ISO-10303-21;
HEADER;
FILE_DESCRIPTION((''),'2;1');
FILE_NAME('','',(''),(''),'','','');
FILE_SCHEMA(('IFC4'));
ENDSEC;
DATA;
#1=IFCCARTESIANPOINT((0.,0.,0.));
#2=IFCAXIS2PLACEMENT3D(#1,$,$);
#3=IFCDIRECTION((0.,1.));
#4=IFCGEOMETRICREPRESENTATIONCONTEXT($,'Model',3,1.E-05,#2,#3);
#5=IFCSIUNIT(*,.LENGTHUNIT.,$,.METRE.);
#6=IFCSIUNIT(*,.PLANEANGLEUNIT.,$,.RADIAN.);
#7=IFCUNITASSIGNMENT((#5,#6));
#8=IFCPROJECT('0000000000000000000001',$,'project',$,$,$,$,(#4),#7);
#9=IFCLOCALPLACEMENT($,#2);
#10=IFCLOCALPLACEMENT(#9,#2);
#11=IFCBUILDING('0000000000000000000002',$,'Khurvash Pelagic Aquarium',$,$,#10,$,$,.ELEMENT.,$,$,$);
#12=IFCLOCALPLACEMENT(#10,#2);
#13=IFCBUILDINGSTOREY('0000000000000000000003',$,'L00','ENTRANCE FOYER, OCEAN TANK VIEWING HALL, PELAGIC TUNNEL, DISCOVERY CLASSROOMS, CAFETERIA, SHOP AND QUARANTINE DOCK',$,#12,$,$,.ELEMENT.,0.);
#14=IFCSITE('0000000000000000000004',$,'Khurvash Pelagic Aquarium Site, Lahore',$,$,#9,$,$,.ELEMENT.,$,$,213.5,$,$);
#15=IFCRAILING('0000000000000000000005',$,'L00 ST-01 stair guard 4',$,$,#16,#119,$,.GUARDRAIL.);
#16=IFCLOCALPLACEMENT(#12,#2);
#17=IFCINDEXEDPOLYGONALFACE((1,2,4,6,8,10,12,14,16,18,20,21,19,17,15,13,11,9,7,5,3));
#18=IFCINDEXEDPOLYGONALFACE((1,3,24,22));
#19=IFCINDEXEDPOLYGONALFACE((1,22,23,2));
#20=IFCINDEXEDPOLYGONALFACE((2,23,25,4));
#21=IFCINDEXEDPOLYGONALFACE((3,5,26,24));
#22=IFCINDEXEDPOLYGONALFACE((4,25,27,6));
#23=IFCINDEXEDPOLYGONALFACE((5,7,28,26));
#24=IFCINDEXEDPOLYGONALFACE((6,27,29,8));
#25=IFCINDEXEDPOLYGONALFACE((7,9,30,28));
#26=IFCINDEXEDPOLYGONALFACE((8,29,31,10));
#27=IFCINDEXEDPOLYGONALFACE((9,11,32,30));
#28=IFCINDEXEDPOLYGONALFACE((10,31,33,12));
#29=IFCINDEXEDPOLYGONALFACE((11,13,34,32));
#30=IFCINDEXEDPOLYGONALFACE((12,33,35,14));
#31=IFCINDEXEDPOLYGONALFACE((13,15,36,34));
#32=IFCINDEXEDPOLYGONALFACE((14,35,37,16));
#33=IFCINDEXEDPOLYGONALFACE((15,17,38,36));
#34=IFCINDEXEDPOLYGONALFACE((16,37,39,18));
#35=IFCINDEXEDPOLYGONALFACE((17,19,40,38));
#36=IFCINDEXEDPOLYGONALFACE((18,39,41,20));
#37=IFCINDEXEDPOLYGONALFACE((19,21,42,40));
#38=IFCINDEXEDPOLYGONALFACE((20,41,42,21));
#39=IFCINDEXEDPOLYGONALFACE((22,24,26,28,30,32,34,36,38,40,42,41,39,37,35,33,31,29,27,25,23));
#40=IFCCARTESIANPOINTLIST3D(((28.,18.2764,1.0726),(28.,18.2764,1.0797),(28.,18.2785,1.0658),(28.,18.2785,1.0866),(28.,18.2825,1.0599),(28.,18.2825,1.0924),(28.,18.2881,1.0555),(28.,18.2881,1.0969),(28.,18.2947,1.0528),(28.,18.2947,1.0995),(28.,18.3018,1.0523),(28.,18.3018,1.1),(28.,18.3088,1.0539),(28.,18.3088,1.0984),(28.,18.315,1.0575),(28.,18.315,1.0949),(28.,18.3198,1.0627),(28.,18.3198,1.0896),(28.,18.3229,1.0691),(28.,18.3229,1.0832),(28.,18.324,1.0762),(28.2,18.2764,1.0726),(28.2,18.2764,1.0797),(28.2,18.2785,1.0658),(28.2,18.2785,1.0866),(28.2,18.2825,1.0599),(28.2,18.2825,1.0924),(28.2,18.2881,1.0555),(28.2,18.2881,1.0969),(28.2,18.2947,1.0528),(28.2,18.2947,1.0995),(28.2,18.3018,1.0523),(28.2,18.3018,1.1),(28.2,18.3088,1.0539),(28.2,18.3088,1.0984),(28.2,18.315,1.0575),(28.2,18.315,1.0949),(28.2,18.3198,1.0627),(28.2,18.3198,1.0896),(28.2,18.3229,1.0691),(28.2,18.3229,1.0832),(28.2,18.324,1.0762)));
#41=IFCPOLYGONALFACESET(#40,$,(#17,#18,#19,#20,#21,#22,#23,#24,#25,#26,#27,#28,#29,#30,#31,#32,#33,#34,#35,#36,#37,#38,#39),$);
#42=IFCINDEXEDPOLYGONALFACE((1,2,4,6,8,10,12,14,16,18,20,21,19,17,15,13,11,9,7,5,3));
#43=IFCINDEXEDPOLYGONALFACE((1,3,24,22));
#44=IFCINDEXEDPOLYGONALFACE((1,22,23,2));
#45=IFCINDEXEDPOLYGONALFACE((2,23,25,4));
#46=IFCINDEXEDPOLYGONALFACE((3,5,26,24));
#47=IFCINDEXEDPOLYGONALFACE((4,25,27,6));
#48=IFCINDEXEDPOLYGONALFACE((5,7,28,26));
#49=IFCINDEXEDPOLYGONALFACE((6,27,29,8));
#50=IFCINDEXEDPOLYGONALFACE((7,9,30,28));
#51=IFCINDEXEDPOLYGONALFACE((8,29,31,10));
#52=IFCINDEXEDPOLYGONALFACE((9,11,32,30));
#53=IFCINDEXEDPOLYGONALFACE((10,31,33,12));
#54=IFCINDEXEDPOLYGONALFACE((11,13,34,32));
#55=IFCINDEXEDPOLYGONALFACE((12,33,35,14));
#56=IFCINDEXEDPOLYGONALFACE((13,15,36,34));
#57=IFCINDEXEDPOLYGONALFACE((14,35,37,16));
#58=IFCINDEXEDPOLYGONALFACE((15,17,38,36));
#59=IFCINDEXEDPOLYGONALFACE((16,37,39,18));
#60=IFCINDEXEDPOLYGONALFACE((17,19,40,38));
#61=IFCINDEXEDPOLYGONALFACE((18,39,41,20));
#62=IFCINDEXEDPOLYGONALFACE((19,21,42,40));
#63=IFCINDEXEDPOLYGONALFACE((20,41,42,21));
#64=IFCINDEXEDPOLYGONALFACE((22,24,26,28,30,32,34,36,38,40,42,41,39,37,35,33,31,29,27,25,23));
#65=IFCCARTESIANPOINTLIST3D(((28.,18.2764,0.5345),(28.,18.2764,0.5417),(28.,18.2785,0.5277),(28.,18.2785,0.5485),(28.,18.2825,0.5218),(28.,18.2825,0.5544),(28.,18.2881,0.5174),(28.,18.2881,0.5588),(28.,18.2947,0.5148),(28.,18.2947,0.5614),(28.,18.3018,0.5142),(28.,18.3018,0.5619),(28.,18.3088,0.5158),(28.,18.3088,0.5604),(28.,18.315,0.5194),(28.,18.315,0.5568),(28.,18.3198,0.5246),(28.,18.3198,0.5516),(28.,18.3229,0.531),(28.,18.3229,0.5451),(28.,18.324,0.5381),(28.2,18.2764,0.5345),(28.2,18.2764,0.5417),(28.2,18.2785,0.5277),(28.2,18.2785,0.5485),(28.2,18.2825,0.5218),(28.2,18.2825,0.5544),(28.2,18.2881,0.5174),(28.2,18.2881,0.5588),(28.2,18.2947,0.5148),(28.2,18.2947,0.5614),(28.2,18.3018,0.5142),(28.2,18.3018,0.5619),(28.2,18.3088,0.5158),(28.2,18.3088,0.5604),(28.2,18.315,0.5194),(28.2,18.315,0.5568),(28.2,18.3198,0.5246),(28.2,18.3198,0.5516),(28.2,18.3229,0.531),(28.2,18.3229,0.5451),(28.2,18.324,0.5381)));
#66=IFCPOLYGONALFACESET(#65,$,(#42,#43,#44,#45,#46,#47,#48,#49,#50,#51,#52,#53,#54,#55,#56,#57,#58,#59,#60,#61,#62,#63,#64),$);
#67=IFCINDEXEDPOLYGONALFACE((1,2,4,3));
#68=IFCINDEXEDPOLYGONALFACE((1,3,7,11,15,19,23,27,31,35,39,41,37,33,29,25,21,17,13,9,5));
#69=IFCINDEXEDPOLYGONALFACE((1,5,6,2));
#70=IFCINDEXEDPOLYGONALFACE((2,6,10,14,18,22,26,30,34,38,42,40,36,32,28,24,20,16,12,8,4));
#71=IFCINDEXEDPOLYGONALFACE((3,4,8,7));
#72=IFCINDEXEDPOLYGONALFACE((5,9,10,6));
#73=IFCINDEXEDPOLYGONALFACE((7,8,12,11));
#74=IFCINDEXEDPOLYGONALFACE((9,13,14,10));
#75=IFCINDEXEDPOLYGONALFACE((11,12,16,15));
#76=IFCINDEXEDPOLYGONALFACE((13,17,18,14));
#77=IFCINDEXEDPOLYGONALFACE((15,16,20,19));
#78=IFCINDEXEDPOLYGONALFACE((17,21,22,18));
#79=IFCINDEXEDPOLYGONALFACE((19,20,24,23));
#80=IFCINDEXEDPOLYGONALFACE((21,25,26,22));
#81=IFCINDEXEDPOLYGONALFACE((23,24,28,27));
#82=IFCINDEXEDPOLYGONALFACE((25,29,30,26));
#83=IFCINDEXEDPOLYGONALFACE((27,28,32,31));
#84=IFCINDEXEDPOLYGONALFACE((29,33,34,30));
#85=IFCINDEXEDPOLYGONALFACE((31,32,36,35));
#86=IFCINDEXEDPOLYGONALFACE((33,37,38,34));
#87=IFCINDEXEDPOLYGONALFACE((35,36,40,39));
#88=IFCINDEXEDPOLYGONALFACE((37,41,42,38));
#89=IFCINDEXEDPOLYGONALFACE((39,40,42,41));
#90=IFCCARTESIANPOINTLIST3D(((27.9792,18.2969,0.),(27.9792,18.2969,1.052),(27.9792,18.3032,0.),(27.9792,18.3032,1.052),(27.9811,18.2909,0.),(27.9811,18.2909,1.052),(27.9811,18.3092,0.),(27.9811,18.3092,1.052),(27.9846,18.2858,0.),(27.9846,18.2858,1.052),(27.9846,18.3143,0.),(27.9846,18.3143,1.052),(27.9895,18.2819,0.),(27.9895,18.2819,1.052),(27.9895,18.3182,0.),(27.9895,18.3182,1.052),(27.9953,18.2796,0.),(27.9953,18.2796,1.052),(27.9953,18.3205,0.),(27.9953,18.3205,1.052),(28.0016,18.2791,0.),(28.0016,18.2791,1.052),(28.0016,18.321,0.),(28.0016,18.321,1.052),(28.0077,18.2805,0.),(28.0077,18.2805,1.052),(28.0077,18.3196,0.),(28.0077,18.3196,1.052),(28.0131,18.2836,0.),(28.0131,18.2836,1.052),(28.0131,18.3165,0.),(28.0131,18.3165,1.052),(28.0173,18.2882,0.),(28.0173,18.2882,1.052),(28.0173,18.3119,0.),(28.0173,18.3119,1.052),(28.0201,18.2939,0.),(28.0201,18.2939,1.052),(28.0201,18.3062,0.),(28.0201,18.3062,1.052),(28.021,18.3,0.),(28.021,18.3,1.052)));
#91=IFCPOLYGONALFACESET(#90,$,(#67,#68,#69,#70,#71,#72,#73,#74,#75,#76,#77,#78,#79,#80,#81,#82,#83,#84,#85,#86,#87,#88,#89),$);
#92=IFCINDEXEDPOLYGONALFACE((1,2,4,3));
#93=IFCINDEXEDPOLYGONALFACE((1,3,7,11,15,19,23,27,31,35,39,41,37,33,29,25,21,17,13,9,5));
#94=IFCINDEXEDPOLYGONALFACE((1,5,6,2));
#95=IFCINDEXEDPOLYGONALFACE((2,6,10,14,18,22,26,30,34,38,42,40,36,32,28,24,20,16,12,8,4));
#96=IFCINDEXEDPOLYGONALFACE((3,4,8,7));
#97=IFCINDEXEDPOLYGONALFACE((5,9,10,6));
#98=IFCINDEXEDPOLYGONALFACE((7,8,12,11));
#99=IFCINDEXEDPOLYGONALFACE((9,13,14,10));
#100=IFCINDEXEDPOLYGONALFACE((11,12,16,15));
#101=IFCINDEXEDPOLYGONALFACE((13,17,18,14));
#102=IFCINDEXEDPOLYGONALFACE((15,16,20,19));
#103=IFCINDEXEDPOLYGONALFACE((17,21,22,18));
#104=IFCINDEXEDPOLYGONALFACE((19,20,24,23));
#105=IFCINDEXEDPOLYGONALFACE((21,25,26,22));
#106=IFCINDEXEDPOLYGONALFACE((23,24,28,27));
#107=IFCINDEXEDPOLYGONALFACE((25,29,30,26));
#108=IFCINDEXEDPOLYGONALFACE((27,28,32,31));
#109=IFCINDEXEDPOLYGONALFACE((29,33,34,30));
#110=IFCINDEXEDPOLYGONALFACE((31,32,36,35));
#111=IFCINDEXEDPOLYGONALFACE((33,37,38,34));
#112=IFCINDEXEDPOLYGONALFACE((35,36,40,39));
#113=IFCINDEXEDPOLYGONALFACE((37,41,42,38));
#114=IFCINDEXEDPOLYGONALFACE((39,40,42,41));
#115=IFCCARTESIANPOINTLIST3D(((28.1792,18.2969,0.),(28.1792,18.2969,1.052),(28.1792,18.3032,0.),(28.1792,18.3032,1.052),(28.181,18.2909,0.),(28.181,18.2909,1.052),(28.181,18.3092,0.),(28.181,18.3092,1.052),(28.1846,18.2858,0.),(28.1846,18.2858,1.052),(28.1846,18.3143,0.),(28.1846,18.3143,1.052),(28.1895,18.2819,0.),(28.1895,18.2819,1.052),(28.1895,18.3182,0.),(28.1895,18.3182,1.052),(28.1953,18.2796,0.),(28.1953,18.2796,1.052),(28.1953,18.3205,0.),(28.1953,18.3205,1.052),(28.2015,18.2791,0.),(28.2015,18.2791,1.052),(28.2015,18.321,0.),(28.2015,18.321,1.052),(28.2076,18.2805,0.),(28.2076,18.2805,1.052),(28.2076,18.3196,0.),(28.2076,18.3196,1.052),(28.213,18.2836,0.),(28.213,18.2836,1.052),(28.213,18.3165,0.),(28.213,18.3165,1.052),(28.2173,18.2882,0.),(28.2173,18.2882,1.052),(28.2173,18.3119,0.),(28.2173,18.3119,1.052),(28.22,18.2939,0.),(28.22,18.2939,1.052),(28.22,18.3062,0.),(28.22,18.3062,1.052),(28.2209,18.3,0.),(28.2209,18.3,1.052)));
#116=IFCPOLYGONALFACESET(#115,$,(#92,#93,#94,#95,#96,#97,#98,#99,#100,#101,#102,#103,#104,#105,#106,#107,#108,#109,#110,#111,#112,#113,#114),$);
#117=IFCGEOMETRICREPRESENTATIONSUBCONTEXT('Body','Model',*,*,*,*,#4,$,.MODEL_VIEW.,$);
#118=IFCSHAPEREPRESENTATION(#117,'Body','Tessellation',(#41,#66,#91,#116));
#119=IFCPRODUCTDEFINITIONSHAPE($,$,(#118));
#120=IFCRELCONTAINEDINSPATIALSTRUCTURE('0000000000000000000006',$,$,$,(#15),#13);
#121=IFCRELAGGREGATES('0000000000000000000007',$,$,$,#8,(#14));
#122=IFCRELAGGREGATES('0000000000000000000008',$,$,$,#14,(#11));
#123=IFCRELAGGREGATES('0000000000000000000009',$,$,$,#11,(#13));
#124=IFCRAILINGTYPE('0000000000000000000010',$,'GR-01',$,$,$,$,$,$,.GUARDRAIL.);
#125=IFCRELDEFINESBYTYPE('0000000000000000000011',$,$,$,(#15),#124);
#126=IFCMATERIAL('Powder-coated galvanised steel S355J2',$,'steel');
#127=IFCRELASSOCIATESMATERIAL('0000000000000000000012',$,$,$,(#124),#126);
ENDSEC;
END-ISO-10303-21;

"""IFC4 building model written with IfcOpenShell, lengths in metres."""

from ifc_helpers import new_model, si_unit, direction, frame, origin, origin_2d, place, context, subcontext, project, spatial, circle, extrude, material, type_object, element, save


model = new_model("IFC4")

# Units and contexts
model_context = context("Model", 3, precision=1e-05, world=origin(), true_north=direction((0.0, 1.0)))
body_context = subcontext(model_context, "Body", "Model", "MODEL_VIEW")
ifc_project = project(units=[si_unit("LENGTHUNIT", "METRE"), si_unit("PLANEANGLEUNIT", "RADIAN")], contexts=[model_context])

# Site, building, storey
site_placement = place(None, origin())
site = spatial("IfcSite", under=ifc_project, at=site_placement, Name="Khurvash Pelagic Aquarium Site, Lahore", CompositionType="ELEMENT", RefElevation=213.5)
building_placement = place(site_placement, origin())
building = spatial("IfcBuilding", under=site, at=building_placement, Name="Khurvash Pelagic Aquarium", CompositionType="ELEMENT")
storey_placement = place(building_placement, origin())
storey = spatial("IfcBuildingStorey", under=building, at=storey_placement, Name="L00", Description="ENTRANCE FOYER, OCEAN TANK VIEWING HALL, PELAGIC TUNNEL, DISCOVERY CLASSROOMS, CAFETERIA, SHOP AND QUARANTINE DOCK", CompositionType="ELEMENT", Elevation=0.0)

# Railing
ifc_material_1 = material(Name="Powder-coated galvanised steel S355J2", Category="steel")
railing_type_1 = type_object("IfcRailingType", Name="GR-01", PredefinedType="GUARDRAIL", material=ifc_material_1)
railing_1_placement = place(storey_placement, frame((28.0, 18.3, 0.0)))
element("IfcRailing", 1, at=railing_1_placement, inside=storey, type_object=railing_type_1, Name="L00 ST-01 stair guard 4", PredefinedType="GUARDRAIL", context=body_context, shape_type="SweptSolid", body=[
    extrude(circle(Radius=0.0239, at=origin_2d()), frame((0.0, 0.0, 1.0762), z_axis=(1.0, 0.0, 0.0), x_axis=(0.0, 1.0, 0.0)), (0.0, 0.0, 1.0), 0.2),
    extrude(circle(Radius=0.0239, at=origin_2d()), frame((0.0, 0.0, 0.5381), z_axis=(1.0, 0.0, 0.0), x_axis=(0.0, 1.0, 0.0)), (0.0, 0.0, 1.0), 0.2),
    extrude(circle(Radius=0.021, at=origin_2d()), origin(), (0.0, 0.0, 1.0), 1.052),
    extrude(circle(Radius=0.021, at=origin_2d()), frame((0.2, 0.0, 0.0)), (0.0, 0.0, 1.0), 1.052),
])

save(model, "model.ifc")
